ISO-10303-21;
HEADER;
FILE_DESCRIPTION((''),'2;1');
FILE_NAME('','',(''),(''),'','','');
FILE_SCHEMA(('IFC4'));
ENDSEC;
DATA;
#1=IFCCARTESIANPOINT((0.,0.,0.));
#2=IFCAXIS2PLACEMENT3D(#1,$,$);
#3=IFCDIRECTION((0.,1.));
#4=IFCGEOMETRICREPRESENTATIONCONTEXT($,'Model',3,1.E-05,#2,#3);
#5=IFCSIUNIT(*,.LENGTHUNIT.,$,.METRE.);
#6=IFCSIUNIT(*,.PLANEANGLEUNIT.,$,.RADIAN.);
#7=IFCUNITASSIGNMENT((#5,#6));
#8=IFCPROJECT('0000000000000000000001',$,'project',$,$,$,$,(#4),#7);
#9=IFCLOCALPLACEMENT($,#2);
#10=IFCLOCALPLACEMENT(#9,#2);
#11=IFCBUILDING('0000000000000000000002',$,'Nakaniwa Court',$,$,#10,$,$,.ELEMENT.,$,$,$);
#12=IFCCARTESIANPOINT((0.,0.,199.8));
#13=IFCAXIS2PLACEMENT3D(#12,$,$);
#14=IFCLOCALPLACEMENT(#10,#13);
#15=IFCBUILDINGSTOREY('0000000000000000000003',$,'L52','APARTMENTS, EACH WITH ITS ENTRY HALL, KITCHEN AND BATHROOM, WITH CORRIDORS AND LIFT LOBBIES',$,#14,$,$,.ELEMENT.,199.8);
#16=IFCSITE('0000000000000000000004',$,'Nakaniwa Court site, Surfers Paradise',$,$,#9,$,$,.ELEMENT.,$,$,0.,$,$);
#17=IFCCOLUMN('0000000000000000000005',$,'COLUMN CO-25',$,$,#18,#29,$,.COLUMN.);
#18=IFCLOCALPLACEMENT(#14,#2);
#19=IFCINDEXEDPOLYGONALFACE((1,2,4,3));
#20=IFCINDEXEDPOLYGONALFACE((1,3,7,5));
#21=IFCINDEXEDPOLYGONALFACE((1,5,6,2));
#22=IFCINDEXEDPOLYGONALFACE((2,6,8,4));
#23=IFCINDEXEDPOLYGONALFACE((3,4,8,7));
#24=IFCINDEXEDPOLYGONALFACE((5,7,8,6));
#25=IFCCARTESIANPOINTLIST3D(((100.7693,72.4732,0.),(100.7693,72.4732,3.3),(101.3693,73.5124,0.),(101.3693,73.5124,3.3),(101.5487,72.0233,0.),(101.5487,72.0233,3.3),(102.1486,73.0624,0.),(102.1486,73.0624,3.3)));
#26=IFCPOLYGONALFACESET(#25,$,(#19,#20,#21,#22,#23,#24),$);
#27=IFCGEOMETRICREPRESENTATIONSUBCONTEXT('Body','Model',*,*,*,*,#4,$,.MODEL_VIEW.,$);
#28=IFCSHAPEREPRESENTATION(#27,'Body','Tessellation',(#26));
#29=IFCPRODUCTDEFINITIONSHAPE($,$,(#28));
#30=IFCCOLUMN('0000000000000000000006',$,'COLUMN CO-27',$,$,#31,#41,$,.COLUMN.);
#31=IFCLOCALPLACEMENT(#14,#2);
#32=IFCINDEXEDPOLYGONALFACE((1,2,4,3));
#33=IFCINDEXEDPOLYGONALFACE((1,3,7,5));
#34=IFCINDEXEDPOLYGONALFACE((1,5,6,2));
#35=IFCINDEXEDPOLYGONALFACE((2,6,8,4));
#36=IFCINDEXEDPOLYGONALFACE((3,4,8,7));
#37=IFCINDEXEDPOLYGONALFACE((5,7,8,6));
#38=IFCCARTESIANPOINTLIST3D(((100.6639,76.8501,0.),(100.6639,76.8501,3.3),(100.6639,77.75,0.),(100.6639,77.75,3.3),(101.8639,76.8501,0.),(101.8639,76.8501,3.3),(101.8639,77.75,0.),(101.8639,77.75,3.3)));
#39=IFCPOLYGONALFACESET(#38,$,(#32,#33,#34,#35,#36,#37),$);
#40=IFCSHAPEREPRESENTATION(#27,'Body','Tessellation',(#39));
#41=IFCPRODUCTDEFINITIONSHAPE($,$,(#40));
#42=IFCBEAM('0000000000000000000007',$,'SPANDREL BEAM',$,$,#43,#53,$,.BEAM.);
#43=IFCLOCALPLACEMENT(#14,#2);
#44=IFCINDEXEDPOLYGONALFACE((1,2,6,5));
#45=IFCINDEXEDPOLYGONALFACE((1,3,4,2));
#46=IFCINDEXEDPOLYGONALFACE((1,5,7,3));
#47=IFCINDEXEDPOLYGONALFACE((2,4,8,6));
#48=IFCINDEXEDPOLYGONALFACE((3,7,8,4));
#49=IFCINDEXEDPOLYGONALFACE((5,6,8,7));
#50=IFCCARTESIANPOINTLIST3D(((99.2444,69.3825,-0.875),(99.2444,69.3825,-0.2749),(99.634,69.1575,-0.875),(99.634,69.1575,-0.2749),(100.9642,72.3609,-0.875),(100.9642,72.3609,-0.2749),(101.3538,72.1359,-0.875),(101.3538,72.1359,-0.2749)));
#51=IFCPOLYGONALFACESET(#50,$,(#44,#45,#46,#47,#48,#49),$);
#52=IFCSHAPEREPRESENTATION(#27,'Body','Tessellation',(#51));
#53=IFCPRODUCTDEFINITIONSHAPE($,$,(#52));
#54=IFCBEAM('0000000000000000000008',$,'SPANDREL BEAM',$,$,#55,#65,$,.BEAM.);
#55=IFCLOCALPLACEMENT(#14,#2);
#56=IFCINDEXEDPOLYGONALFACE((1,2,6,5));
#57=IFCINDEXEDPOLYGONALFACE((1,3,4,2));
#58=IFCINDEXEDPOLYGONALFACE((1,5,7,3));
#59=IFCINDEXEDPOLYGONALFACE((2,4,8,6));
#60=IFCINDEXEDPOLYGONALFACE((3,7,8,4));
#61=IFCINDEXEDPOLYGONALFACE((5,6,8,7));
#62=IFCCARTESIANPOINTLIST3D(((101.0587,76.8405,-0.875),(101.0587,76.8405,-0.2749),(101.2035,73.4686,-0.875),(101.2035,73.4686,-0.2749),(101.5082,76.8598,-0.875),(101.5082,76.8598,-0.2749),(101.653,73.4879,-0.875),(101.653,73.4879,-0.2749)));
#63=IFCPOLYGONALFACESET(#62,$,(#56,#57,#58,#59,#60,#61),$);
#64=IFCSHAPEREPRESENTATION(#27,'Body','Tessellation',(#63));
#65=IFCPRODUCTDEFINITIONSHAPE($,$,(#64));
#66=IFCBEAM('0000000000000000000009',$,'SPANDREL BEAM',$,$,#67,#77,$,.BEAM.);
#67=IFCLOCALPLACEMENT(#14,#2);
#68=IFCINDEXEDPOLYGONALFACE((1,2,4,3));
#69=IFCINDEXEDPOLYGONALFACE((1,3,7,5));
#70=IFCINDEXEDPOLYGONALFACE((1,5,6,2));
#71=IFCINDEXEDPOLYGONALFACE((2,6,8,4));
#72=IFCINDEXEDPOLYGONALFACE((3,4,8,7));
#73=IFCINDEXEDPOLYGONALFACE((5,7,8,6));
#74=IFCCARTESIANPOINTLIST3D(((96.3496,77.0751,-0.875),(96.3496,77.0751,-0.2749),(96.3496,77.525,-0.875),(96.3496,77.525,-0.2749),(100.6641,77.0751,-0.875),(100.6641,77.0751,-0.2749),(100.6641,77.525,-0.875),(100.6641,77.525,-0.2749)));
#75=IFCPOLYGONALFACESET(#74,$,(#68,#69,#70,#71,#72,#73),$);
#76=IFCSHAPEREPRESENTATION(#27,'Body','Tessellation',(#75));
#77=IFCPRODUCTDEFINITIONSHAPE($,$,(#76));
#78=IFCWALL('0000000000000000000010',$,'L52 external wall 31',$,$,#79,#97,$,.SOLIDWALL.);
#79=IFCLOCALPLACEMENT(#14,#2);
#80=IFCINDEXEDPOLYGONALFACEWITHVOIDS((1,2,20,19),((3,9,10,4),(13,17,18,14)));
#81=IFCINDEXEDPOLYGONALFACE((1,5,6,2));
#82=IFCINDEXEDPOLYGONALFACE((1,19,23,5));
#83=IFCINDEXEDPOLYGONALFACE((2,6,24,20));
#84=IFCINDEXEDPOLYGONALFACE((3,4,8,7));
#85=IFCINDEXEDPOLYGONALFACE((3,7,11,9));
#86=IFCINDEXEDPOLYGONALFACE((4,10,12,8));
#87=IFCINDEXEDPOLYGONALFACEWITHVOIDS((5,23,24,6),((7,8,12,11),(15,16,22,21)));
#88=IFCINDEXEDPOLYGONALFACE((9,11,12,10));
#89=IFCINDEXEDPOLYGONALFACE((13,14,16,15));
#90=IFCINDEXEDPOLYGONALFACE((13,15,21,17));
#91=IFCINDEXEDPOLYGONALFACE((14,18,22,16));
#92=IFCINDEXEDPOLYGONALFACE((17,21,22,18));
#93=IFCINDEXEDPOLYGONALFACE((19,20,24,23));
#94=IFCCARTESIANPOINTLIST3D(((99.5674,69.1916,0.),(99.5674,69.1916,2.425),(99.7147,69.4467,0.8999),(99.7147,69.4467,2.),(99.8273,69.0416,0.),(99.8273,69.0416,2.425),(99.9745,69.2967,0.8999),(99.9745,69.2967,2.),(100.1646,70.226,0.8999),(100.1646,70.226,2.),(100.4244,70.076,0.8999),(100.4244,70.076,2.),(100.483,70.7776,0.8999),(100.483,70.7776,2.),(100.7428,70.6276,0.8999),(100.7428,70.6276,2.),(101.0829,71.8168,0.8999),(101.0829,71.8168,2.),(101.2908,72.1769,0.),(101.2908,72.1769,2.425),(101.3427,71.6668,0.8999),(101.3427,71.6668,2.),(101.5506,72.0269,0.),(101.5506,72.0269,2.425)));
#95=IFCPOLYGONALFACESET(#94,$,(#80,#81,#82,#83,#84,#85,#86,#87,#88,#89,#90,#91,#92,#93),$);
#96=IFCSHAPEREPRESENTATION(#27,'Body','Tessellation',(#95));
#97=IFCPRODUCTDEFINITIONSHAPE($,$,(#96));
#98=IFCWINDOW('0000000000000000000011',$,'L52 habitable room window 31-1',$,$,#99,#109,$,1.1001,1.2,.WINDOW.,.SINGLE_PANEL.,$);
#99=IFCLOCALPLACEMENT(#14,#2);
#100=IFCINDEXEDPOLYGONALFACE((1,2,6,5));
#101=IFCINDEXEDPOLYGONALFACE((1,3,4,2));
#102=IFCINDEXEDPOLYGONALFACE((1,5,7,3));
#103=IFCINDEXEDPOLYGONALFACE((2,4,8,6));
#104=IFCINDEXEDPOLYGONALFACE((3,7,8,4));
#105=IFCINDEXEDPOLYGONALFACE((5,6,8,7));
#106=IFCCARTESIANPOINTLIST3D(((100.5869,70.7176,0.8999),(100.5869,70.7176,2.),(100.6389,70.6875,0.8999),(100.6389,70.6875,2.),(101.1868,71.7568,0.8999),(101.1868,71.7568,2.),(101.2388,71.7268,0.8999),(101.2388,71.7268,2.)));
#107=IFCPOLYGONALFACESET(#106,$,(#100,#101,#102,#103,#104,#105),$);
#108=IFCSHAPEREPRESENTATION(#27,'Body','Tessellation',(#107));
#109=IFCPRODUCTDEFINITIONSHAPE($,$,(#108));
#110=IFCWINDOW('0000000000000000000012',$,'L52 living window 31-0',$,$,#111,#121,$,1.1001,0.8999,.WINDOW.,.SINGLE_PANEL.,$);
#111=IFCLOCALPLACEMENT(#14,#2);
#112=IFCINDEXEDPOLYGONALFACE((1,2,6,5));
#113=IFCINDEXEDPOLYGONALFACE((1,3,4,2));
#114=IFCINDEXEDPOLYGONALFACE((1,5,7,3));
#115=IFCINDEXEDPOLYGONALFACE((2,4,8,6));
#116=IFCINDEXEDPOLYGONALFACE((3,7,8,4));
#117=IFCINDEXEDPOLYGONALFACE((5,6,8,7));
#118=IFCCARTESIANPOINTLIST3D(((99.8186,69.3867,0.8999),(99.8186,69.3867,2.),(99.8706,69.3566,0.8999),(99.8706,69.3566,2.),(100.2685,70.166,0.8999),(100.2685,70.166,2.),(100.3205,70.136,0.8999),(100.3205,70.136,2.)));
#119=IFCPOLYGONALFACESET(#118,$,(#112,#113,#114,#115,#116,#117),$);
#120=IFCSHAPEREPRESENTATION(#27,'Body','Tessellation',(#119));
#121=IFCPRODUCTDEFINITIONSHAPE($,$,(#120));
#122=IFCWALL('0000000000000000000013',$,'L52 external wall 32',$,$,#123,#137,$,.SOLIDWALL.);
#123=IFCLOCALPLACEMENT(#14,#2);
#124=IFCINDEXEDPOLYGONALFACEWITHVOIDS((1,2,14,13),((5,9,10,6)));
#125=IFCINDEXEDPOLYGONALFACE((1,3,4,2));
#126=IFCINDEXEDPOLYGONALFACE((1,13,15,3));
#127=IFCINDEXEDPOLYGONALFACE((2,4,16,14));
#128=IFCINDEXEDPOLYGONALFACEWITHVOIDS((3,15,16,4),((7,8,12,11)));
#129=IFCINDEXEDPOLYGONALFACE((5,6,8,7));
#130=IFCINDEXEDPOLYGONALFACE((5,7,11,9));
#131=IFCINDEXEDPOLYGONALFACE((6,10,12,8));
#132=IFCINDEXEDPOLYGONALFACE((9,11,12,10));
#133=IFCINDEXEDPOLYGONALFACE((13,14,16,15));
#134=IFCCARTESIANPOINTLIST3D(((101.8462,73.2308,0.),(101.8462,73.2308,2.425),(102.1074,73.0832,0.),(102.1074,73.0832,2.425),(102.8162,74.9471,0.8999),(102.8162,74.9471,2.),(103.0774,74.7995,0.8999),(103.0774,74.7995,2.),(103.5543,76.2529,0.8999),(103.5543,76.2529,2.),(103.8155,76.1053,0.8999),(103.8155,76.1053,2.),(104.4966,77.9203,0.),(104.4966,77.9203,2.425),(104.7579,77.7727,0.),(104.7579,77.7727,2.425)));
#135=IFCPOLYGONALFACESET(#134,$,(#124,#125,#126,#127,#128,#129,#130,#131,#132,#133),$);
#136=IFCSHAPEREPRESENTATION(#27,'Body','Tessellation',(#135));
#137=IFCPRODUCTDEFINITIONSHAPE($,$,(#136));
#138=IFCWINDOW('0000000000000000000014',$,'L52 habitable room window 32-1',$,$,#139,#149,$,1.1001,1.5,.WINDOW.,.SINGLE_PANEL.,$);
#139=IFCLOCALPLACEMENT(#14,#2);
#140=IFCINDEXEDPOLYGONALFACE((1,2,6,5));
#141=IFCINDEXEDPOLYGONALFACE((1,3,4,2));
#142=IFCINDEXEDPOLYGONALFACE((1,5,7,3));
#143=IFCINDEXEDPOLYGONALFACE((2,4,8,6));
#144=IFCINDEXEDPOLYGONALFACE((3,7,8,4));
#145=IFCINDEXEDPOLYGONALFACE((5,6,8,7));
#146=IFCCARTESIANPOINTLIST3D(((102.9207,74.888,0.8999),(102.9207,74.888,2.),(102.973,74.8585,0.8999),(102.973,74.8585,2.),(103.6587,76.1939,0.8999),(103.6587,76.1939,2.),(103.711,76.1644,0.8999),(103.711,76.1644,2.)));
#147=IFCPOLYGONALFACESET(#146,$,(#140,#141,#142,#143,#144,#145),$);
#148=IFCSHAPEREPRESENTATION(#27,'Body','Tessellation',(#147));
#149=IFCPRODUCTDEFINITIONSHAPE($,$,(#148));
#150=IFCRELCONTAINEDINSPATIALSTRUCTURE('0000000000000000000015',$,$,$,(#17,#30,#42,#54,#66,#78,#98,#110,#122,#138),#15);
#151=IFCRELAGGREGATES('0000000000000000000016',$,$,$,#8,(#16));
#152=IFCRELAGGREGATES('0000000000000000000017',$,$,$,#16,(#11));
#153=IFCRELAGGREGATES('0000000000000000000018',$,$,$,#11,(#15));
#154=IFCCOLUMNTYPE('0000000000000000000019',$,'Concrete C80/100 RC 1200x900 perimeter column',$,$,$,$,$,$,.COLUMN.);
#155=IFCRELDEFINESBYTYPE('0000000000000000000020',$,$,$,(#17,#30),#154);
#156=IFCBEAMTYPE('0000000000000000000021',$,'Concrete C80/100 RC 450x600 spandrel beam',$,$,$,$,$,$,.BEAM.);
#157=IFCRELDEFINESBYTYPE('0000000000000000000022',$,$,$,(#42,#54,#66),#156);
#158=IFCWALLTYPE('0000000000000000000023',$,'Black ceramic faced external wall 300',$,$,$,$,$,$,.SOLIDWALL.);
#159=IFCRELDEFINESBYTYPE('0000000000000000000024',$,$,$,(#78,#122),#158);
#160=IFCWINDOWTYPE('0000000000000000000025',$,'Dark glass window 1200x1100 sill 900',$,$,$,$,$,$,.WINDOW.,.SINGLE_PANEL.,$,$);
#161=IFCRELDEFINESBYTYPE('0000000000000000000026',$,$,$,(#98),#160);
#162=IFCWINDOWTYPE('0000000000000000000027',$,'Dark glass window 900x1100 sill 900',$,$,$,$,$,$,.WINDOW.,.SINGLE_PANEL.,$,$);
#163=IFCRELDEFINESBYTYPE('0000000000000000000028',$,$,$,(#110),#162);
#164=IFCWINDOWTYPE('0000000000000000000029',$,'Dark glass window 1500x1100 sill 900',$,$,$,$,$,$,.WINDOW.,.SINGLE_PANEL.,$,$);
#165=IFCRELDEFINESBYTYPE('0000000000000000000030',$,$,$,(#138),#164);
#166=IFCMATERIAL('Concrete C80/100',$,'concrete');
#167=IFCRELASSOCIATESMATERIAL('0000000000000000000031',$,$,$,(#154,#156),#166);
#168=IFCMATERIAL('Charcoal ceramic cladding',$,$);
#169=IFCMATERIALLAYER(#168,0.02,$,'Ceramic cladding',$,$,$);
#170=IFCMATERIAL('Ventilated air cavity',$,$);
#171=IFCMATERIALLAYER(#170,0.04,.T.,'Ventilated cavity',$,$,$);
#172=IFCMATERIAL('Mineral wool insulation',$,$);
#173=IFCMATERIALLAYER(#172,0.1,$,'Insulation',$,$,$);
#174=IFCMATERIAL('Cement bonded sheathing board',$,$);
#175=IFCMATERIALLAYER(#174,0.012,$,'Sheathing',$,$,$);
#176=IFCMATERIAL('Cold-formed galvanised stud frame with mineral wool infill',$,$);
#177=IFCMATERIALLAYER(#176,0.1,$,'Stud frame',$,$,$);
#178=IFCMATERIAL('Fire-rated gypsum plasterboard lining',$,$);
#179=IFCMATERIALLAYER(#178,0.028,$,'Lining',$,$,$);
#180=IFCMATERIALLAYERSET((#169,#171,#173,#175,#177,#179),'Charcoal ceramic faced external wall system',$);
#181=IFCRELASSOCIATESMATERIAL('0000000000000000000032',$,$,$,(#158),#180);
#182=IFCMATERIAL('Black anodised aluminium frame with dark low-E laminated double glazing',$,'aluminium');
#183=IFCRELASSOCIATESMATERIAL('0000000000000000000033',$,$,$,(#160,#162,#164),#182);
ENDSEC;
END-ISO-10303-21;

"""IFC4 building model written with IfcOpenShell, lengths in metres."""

from ifc_helpers import new_model, si_unit, direction, frame, frame_2d, origin, origin_2d, place, context, subcontext, project, spatial, rectangle, extrude, material, layer, layer_set, material_profile, profile_set, type_object, element, fill, save


model = new_model("IFC4")

# Units and contexts
model_context = context("Model", 3, precision=1e-05, world=origin(), true_north=direction((0.0, 1.0)))
body_context = subcontext(model_context, "Body", "Model", "MODEL_VIEW")
ifc_project = project(units=[si_unit("LENGTHUNIT", "METRE"), si_unit("PLANEANGLEUNIT", "RADIAN")], contexts=[model_context])

# Site, building, storey
site_placement = place(None, origin())
site = spatial("IfcSite", under=ifc_project, at=site_placement, Name="Nakaniwa Court site, Surfers Paradise", CompositionType="ELEMENT", RefElevation=0.0)
building_placement = place(site_placement, origin())
building = spatial("IfcBuilding", under=site, at=building_placement, Name="Nakaniwa Court", CompositionType="ELEMENT")
storey_placement = place(building_placement, frame((0.0, 0.0, 199.8)))
storey = spatial("IfcBuildingStorey", under=building, at=storey_placement, Name="L52", Description="APARTMENTS, EACH WITH ITS ENTRY HALL, KITCHEN AND BATHROOM, WITH CORRIDORS AND LIFT LOBBIES", CompositionType="ELEMENT", Elevation=199.8)

# Columns
ifc_material_1 = material(Name="Concrete C80/100", Category="concrete")
ifc_material_profile_1 = material_profile(ifc_material_1, rectangle(XDim=1.2, YDim=0.8999, at=origin_2d()), Name="Concrete C80/100 RC 1200x900 perimeter column")
ifc_profile_set_1 = profile_set([ifc_material_profile_1], Name="Concrete C80/100")
column_type = type_object("IfcColumnType", Name="Concrete C80/100 RC 1200x900 perimeter column", PredefinedType="COLUMN", material=ifc_profile_set_1)
for number, where, z_axis, x_axis, name in (
    (1, (101.459, 72.7678, 0.0), (0.0, 0.0, 1.0), (0.5, 0.866025, 0.0), "COLUMN CO-25"),
    (2, (101.2639, 77.3, 0.0), (0.0, 0.0, 1.0), (-1.0, 0.0, 0.0), "COLUMN CO-27"),
):
    element("IfcColumn", number, at=place(storey_placement, frame(where, z_axis=z_axis, x_axis=x_axis)), inside=storey, type_object=column_type, Name=name, PredefinedType="COLUMN", context=body_context, shape_type="SweptSolid", body=[
        extrude(rectangle(XDim=1.2, YDim=0.8999, at=origin_2d()), origin(), (0.0, 0.0, 1.0), 3.3),
    ])

# Beams
ifc_material_profile_2 = material_profile(ifc_material_1, rectangle(XDim=0.45, YDim=0.6001, at=origin_2d()), Name="Concrete C80/100 RC 450x600 spandrel beam")
ifc_profile_set_2 = profile_set([ifc_material_profile_2], Name="Concrete C80/100")
beam_type = type_object("IfcBeamType", Name="Concrete C80/100 RC 450x600 spandrel beam", PredefinedType="BEAM", material=ifc_profile_set_2)
beam_1_placement = place(storey_placement, frame((99.4392, 69.27, -0.575), z_axis=(0.500048, 0.865998, 0.0), x_axis=(-0.865998, 0.500048, 0.0)))
element("IfcBeam", 3, at=beam_1_placement, inside=storey, type_object=beam_type, Name="SPANDREL BEAM", PredefinedType="BEAM", context=body_context, shape_type="SweptSolid", body=[
    extrude(rectangle(XDim=0.45, YDim=0.6001, at=origin_2d()), origin(), (0.0, 0.0, 1.0), 3.4392),
])
beam_2_placement = place(storey_placement, frame((101.4282, 73.4783, -0.575), z_axis=(-0.042897, 0.999079, 0.0), x_axis=(-0.999079, -0.042897, 0.0)))
element("IfcBeam", 4, at=beam_2_placement, inside=storey, type_object=beam_type, Name="SPANDREL BEAM", PredefinedType="BEAM", context=body_context, shape_type="SweptSolid", body=[
    extrude(rectangle(XDim=0.45, YDim=0.6001, at=origin_2d()), origin(), (0.0, 0.0, 1.0), 3.375),
])
beam_3_placement = place(storey_placement, frame((100.6641, 77.3, -0.575), z_axis=(-1.0, 0.0, 0.0), x_axis=(0.0, -1.0, 0.0)))
element("IfcBeam", 5, at=beam_3_placement, inside=storey, type_object=beam_type, Name="SPANDREL BEAM", PredefinedType="BEAM", context=body_context, shape_type="SweptSolid", body=[
    extrude(rectangle(XDim=0.45, YDim=0.6001, at=origin_2d()), origin(), (0.0, 0.0, 1.0), 4.3145),
])

# Wall, openings, windows
ifc_material_2 = material(Name="Charcoal ceramic cladding")
ifc_layer_1 = layer(ifc_material_2, 0.02, Name="Ceramic cladding")
ifc_material_3 = material(Name="Ventilated air cavity")
ifc_layer_2 = layer(ifc_material_3, 0.04, ventilated=True, Name="Ventilated cavity")
ifc_material_4 = material(Name="Mineral wool insulation")
ifc_layer_3 = layer(ifc_material_4, 0.1, Name="Insulation")
ifc_material_5 = material(Name="Cement bonded sheathing board")
ifc_layer_4 = layer(ifc_material_5, 0.012, Name="Sheathing")
ifc_material_6 = material(Name="Cold-formed galvanised stud frame with mineral wool infill")
ifc_layer_5 = layer(ifc_material_6, 0.1, Name="Stud frame")
ifc_material_7 = material(Name="Fire-rated gypsum plasterboard lining")
ifc_layer_6 = layer(ifc_material_7, 0.028, Name="Lining")
ifc_layer_set = layer_set([ifc_layer_1, ifc_layer_2, ifc_layer_3, ifc_layer_4, ifc_layer_5, ifc_layer_6], Name="Charcoal ceramic faced external wall system")
wall_type = type_object("IfcWallType", Name="Black ceramic faced external wall 300", PredefinedType="SOLIDWALL", material=ifc_layer_set)
wall_1_placement = place(storey_placement, frame((99.6973, 69.1165, 0.0), z_axis=(0.0, 0.0, 1.0), x_axis=(0.499955, 0.866051, 0.0)))
wall_1 = element("IfcWall", 6, at=wall_1_placement, inside=storey, type_object=wall_type, Name="L52 external wall 31", PredefinedType="SOLIDWALL", context=body_context, shape_type="SweptSolid", body=[
    extrude(rectangle(XDim=3.447, YDim=0.3, at=frame_2d((1.7236, 0.0))), origin(), (0.0, 0.0, 1.0), 2.425),
])
opening_1_placement = place(wall_1_placement, frame((0.2947, 0.0, 0.8999)))
opening_1 = element("IfcOpeningElement", 7, at=opening_1_placement, cuts=wall_1, PredefinedType="OPENING", context=body_context, shape_type="SweptSolid", body=[
    extrude(rectangle(XDim=0.8999, YDim=1.1001, at=frame_2d((0.45, 0.55))), frame((0.0, 0.1599, 0.0), z_axis=(0.0, -1.0, 0.0), x_axis=(1.0, 0.0, 0.0)), (0.0, 0.0, 1.0), 0.3201),
])
opening_2_placement = place(wall_1_placement, frame((1.8313, 0.0, 0.8999)))
opening_2 = element("IfcOpeningElement", 8, at=opening_2_placement, cuts=wall_1, PredefinedType="OPENING", context=body_context, shape_type="SweptSolid", body=[
    extrude(rectangle(XDim=1.2, YDim=1.1001, at=frame_2d((0.6001, 0.55))), frame((0.0, 0.1599, 0.0), z_axis=(0.0, -1.0, 0.0), x_axis=(1.0, 0.0, 0.0)), (0.0, 0.0, 1.0), 0.3201),
])
ifc_material_8 = material(Name="Black anodised aluminium frame with dark low-E laminated double glazing", Category="aluminium")
window_type_1 = type_object("IfcWindowType", Name="Dark glass window 1200x1100 sill 900", PartitioningType="SINGLE_PANEL", PredefinedType="WINDOW", material=ifc_material_8)
window_1_placement = place(opening_2_placement, origin())
window_1 = element("IfcWindow", 9, at=window_1_placement, inside=storey, type_object=window_type_1, Name="L52 habitable room window 31-1", OverallHeight=1.1001, OverallWidth=1.2, PartitioningType="SINGLE_PANEL", PredefinedType="WINDOW", context=body_context, shape_type="SweptSolid", body=[
    extrude(rectangle(XDim=1.2, YDim=1.1001, at=frame_2d((0.6001, 0.55))), frame((0.0, 0.03, 0.0), z_axis=(0.0, -1.0, 0.0), x_axis=(1.0, 0.0, 0.0)), (0.0, 0.0, 1.0), 0.0601),
])
fill(opening_2, window_1)
window_type_2 = type_object("IfcWindowType", Name="Dark glass window 900x1100 sill 900", PartitioningType="SINGLE_PANEL", PredefinedType="WINDOW", material=ifc_material_8)
window_2_placement = place(opening_1_placement, origin())
window_2 = element("IfcWindow", 10, at=window_2_placement, inside=storey, type_object=window_type_2, Name="L52 living window 31-0", OverallHeight=1.1001, OverallWidth=0.8999, PartitioningType="SINGLE_PANEL", PredefinedType="WINDOW", context=body_context, shape_type="SweptSolid", body=[
    extrude(rectangle(XDim=0.8999, YDim=1.1001, at=frame_2d((0.45, 0.55))), frame((0.0, 0.03, 0.0), z_axis=(0.0, -1.0, 0.0), x_axis=(1.0, 0.0, 0.0)), (0.0, 0.0, 1.0), 0.0601),
])
fill(opening_1, window_2)

# Wall, opening, window
wall_2_placement = place(storey_placement, frame((101.9768, 73.157, 0.0), z_axis=(0.0, 0.0, 1.0), x_axis=(0.492033, 0.870576, 0.0)))
wall_2 = element("IfcWall", 11, at=wall_2_placement, inside=storey, type_object=wall_type, Name="L52 external wall 32", PredefinedType="SOLIDWALL", context=body_context, shape_type="SweptSolid", body=[
    extrude(rectangle(XDim=5.3867, YDim=0.3, at=frame_2d((2.6934, 0.0))), origin(), (0.0, 0.0, 1.0), 2.425),
])
opening_3_placement = place(wall_2_placement, frame((1.9714, 0.0, 0.8999)))
opening_3 = element("IfcOpeningElement", 12, at=opening_3_placement, cuts=wall_2, PredefinedType="OPENING", context=body_context, shape_type="SweptSolid", body=[
    extrude(rectangle(XDim=1.5, YDim=1.1001, at=frame_2d((0.75, 0.55))), frame((0.0, 0.1599, 0.0), z_axis=(0.0, -1.0, 0.0), x_axis=(1.0, 0.0, 0.0)), (0.0, 0.0, 1.0), 0.3201),
])
window_type_3 = type_object("IfcWindowType", Name="Dark glass window 1500x1100 sill 900", PartitioningType="SINGLE_PANEL", PredefinedType="WINDOW", material=ifc_material_8)
window_3_placement = place(opening_3_placement, origin())
window_3 = element("IfcWindow", 13, at=window_3_placement, inside=storey, type_object=window_type_3, Name="L52 habitable room window 32-1", OverallHeight=1.1001, OverallWidth=1.5, PartitioningType="SINGLE_PANEL", PredefinedType="WINDOW", context=body_context, shape_type="SweptSolid", body=[
    extrude(rectangle(XDim=1.5, YDim=1.1001, at=frame_2d((0.75, 0.55))), frame((0.0, 0.03, 0.0), z_axis=(0.0, -1.0, 0.0), x_axis=(1.0, 0.0, 0.0)), (0.0, 0.0, 1.0), 0.0601),
])
fill(opening_3, window_3)

save(model, "model.ifc")
